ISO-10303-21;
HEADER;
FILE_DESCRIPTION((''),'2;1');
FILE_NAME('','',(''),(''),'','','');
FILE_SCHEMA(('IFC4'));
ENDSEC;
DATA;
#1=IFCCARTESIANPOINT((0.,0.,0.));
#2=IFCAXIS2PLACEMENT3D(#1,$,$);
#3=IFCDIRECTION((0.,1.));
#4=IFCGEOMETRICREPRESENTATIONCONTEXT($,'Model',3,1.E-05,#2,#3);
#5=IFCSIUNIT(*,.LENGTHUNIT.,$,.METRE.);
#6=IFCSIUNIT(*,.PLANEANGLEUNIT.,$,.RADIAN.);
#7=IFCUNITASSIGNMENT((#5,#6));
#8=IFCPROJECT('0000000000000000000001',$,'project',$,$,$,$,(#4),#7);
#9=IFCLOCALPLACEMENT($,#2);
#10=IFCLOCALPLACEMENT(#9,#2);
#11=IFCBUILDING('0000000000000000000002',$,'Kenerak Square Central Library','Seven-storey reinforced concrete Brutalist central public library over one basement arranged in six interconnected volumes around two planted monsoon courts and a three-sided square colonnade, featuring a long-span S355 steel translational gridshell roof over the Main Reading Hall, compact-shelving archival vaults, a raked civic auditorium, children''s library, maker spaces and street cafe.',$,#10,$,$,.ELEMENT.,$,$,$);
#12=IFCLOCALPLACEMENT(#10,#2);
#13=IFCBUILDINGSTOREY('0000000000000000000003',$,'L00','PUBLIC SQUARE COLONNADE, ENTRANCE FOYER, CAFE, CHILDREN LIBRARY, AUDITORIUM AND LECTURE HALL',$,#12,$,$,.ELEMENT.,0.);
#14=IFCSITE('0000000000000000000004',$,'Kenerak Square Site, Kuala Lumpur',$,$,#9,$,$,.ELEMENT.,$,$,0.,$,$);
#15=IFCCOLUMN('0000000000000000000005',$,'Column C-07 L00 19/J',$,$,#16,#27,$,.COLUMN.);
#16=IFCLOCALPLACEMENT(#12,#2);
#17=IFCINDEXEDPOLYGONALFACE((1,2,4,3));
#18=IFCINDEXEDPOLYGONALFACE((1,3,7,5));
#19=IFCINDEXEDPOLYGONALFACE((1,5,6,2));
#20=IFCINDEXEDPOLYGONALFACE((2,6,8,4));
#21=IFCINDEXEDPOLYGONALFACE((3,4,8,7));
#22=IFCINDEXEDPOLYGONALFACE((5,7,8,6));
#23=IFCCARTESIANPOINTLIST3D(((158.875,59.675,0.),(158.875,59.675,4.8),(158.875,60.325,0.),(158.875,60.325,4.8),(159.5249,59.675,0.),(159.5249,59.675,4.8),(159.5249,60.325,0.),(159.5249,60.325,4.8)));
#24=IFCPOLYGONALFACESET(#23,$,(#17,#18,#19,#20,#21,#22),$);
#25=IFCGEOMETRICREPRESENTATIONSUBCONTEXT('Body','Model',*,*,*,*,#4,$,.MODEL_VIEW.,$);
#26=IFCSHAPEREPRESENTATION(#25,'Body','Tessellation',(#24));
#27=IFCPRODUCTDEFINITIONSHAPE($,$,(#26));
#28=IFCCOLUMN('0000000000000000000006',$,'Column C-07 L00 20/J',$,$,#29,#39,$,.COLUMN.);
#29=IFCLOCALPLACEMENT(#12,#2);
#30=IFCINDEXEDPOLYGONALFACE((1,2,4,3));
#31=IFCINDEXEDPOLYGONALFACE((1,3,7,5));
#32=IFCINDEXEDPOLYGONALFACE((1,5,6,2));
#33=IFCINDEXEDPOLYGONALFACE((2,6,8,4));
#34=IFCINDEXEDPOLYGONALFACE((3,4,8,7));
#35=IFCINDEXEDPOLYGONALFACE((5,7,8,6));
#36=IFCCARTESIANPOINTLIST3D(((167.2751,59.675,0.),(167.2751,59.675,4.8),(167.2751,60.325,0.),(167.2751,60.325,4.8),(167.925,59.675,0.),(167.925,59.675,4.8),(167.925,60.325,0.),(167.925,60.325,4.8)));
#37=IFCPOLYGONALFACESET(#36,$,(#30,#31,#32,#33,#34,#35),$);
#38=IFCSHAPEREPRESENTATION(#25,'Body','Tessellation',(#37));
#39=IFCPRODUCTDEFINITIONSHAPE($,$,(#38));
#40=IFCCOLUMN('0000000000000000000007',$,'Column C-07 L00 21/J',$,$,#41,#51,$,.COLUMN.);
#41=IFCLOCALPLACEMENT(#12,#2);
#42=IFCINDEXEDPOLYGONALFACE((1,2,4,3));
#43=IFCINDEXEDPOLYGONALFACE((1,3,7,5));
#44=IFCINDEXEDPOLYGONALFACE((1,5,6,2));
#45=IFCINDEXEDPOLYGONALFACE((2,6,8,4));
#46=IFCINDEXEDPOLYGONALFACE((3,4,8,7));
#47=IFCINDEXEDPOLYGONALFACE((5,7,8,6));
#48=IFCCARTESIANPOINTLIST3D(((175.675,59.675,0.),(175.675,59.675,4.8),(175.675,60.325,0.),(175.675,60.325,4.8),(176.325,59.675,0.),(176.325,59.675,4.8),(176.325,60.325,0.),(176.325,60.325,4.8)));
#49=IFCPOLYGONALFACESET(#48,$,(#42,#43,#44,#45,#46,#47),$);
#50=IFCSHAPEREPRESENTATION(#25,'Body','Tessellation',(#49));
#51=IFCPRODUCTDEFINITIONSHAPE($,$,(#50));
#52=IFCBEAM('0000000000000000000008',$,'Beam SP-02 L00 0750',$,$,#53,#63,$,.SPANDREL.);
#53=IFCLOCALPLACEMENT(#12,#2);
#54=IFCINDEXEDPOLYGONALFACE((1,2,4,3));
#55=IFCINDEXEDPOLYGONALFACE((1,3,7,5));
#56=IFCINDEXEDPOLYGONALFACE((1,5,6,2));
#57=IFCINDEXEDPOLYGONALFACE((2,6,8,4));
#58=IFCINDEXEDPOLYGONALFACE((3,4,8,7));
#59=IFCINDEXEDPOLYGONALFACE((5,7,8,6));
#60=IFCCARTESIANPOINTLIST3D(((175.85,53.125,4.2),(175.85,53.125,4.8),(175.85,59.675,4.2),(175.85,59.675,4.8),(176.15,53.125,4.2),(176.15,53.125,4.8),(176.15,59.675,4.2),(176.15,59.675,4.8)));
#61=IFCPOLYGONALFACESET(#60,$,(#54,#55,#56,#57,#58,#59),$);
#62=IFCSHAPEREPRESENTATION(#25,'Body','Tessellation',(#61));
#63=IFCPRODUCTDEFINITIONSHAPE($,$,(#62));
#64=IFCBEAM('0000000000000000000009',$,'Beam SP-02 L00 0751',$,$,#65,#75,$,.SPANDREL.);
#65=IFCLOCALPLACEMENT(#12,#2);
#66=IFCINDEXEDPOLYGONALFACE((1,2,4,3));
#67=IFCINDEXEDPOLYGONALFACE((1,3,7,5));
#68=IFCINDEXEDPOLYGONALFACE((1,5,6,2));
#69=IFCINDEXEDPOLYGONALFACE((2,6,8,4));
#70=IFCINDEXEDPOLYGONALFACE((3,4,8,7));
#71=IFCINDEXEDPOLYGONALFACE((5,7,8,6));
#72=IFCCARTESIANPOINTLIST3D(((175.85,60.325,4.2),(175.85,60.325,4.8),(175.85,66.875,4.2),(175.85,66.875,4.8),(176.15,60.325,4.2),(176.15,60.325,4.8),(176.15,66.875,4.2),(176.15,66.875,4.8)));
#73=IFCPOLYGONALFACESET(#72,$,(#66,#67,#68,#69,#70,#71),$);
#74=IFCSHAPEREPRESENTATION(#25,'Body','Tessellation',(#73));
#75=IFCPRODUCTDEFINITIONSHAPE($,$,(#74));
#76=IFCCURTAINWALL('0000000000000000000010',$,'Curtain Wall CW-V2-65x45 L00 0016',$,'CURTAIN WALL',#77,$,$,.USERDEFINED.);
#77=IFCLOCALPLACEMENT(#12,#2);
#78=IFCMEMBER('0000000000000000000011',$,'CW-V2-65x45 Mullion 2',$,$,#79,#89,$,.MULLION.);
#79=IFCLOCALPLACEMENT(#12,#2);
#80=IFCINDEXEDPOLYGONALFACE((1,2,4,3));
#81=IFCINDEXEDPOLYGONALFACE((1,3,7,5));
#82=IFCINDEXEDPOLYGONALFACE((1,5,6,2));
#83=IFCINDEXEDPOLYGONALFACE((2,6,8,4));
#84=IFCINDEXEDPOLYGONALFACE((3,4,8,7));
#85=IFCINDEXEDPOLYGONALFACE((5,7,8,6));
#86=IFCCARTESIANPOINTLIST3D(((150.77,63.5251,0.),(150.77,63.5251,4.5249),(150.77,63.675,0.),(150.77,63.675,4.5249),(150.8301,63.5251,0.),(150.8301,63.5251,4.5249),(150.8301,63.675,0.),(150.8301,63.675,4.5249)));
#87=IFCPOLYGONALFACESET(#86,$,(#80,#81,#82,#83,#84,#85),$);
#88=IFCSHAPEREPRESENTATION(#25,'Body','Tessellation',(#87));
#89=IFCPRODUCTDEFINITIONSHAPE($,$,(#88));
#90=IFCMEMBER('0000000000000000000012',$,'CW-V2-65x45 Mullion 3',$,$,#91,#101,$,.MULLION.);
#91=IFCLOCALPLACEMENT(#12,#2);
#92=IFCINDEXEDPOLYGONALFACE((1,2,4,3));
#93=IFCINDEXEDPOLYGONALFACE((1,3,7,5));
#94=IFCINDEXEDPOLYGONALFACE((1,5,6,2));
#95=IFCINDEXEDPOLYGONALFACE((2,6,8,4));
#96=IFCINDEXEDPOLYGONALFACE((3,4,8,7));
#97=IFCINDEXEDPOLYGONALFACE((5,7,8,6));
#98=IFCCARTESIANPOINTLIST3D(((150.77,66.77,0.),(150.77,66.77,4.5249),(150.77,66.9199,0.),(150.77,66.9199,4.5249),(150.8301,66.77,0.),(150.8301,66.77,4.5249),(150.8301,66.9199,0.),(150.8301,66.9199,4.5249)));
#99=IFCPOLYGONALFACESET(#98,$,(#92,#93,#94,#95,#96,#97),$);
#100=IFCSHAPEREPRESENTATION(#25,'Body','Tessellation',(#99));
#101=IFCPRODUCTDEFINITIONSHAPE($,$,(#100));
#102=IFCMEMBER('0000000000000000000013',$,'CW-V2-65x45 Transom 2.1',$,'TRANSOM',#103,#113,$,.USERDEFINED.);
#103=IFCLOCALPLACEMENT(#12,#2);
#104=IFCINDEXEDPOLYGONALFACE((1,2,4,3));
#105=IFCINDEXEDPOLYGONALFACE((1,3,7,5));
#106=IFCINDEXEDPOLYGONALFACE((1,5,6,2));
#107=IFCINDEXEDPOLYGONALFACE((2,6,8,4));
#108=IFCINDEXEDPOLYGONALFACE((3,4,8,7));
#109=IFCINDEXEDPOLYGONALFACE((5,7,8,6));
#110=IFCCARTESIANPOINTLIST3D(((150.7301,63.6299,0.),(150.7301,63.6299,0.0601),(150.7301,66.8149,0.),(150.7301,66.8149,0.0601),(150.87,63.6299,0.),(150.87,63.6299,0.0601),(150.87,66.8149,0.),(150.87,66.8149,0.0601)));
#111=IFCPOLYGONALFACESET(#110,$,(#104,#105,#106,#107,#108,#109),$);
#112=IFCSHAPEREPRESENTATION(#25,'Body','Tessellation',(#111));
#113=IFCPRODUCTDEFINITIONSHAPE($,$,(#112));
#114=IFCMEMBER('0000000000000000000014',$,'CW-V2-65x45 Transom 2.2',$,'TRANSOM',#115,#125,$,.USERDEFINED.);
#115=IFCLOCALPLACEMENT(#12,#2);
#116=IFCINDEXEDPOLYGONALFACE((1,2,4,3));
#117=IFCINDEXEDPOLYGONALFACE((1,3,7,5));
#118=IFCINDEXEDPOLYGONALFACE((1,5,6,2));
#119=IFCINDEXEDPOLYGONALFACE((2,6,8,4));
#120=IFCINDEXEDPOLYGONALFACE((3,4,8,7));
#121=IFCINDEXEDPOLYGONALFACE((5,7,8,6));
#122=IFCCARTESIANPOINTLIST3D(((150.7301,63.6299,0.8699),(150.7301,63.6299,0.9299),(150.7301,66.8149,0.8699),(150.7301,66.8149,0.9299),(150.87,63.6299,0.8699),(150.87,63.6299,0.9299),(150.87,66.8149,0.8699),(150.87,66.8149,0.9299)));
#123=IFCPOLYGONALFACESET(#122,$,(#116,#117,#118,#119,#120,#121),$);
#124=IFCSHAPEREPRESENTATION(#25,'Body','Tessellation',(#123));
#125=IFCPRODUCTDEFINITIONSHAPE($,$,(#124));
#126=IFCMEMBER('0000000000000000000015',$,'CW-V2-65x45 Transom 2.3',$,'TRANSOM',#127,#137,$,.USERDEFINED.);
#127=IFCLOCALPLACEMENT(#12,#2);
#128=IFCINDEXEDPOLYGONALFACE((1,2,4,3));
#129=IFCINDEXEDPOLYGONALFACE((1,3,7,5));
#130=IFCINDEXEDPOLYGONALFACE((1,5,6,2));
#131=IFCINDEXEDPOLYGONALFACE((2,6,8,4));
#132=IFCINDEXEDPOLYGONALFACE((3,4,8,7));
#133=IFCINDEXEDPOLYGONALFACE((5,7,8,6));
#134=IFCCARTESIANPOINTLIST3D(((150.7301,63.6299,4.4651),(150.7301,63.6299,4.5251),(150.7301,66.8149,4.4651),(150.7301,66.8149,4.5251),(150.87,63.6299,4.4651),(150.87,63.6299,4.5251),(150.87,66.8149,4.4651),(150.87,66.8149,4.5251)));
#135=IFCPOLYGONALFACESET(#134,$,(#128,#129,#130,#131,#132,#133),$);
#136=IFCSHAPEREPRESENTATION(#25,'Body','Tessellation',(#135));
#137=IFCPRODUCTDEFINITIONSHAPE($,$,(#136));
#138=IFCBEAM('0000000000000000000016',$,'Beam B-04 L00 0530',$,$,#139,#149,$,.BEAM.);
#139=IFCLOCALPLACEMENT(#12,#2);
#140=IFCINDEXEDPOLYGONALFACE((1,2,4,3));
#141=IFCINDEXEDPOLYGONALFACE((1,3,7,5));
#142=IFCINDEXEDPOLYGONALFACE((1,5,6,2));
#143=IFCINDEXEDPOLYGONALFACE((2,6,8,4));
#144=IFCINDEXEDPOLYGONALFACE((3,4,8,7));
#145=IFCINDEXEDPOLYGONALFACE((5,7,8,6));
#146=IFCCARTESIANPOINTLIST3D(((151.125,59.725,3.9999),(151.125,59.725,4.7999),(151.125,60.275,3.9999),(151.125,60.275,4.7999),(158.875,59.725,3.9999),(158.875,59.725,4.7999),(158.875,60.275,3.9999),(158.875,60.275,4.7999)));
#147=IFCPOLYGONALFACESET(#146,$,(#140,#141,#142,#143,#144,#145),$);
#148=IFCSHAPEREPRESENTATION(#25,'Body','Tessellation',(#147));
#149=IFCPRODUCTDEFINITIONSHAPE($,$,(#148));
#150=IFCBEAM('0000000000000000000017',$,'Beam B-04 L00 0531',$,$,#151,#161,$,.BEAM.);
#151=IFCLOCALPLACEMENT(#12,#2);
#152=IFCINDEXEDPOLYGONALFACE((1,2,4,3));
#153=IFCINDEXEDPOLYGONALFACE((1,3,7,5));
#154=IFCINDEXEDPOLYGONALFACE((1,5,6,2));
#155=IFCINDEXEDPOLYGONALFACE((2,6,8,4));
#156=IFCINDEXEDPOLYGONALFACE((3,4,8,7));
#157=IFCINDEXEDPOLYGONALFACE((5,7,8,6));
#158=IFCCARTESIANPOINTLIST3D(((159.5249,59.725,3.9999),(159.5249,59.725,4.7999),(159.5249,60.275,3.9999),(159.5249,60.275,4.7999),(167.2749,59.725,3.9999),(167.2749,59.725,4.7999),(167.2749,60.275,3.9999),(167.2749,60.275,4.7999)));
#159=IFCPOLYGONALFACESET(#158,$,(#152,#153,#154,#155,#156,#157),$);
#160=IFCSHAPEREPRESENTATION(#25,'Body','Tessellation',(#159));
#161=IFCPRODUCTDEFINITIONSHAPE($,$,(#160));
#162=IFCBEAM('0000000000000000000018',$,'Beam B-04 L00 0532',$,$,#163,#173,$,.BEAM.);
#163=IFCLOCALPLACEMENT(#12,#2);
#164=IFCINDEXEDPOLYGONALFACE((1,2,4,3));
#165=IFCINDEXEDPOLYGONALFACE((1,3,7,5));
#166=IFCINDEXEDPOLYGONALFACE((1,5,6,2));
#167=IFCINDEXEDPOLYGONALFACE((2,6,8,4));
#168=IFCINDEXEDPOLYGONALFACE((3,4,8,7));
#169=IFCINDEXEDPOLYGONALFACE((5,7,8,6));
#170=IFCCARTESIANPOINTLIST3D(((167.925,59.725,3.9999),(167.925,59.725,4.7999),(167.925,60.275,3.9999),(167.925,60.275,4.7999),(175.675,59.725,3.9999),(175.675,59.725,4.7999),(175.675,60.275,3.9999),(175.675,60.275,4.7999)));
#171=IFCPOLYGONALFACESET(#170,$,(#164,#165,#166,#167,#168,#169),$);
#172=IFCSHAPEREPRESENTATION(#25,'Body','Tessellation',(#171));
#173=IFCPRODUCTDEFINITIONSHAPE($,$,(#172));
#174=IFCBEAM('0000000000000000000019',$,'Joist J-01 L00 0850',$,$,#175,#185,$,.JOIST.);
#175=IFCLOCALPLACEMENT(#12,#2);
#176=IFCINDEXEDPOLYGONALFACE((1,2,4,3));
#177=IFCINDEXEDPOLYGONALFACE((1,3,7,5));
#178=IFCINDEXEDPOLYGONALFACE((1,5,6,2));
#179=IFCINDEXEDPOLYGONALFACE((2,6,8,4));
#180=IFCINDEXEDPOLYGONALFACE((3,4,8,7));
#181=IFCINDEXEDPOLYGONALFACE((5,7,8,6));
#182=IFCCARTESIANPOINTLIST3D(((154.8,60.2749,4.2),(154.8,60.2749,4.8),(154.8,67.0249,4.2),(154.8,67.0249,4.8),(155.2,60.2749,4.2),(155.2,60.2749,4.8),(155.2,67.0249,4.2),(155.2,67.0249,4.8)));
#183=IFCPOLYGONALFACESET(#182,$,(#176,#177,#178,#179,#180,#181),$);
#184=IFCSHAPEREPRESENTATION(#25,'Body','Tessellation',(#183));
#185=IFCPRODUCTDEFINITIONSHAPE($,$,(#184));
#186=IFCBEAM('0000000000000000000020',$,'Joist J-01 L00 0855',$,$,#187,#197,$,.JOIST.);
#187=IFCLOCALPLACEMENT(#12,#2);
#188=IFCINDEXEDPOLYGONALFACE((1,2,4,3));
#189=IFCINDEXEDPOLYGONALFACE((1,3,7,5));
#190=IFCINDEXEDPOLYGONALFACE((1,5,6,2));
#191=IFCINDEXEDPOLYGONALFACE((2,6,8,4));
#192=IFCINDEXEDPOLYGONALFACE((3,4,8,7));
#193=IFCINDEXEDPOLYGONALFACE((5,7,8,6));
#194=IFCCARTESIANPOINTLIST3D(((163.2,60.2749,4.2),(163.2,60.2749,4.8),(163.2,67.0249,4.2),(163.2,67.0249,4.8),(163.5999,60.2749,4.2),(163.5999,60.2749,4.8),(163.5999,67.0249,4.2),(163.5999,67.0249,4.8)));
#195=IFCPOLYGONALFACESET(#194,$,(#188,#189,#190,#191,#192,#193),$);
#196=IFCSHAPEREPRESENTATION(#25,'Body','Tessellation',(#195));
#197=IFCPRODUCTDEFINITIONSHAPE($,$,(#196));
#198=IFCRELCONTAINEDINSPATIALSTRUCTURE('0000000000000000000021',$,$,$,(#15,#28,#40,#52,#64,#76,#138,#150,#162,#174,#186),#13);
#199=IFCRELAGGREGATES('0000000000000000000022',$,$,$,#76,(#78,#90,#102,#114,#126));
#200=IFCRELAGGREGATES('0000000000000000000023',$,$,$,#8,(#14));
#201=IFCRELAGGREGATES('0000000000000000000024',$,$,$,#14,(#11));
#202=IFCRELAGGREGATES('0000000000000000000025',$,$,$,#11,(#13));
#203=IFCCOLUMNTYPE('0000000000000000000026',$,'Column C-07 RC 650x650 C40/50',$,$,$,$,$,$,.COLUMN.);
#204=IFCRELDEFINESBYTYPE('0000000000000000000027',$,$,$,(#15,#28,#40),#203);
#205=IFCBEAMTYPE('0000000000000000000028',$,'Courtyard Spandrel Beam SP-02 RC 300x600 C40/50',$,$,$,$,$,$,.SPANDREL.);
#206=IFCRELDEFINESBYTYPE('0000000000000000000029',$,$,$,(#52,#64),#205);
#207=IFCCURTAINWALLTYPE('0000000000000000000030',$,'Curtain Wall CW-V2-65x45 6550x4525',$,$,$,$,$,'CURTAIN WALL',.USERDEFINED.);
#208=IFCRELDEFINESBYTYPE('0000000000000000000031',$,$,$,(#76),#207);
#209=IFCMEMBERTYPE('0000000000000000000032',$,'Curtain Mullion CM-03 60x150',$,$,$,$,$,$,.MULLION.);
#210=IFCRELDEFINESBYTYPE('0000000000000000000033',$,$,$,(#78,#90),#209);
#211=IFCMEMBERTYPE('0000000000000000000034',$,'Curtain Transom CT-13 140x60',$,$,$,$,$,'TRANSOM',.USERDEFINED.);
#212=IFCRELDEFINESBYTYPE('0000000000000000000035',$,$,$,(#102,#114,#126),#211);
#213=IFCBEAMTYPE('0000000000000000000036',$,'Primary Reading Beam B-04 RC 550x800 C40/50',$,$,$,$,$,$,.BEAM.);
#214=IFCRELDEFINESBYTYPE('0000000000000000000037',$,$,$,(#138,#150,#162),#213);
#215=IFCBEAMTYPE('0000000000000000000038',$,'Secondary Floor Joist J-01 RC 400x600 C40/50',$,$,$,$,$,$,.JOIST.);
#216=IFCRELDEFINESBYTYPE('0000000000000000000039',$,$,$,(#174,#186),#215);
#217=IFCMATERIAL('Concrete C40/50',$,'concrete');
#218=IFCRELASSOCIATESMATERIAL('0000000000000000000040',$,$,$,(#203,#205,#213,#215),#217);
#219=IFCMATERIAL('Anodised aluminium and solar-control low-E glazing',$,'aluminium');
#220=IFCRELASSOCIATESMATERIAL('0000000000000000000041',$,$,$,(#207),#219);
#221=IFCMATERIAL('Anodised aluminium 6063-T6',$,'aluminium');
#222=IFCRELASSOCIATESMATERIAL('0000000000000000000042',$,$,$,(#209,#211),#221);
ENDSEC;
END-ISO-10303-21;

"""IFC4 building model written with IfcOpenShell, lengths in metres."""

from ifc_helpers import new_model, si_unit, direction, frame, origin, origin_2d, place, context, subcontext, project, spatial, rectangle, extrude, material, material_profile, profile_set, type_object, element, aggregate, save


model = new_model("IFC4")

# Units and contexts
model_context = context("Model", 3, precision=1e-05, world=origin(), true_north=direction((0.0, 1.0)))
body_context = subcontext(model_context, "Body", "Model", "MODEL_VIEW")
ifc_project = project(units=[si_unit("LENGTHUNIT", "METRE"), si_unit("PLANEANGLEUNIT", "RADIAN")], contexts=[model_context])

# Site, building, storey
site_placement = place(None, origin())
site = spatial("IfcSite", under=ifc_project, at=site_placement, Name="Kenerak Square Site, Kuala Lumpur", CompositionType="ELEMENT", RefElevation=0.0)
building_placement = place(site_placement, origin())
building = spatial("IfcBuilding", under=site, at=building_placement, Name="Kenerak Square Central Library", Description="Seven-storey reinforced concrete Brutalist central public library over one basement arranged in six interconnected volumes around two planted monsoon courts and a three-sided square colonnade, featuring a long-span S355 steel translational gridshell roof over the Main Reading Hall, compact-shelving archival vaults, a raked civic auditorium, children's library, maker spaces and street cafe.", CompositionType="ELEMENT")
storey_placement = place(building_placement, origin())
storey = spatial("IfcBuildingStorey", under=building, at=storey_placement, Name="L00", Description="PUBLIC SQUARE COLONNADE, ENTRANCE FOYER, CAFE, CHILDREN LIBRARY, AUDITORIUM AND LECTURE HALL", CompositionType="ELEMENT", Elevation=0.0)

# Columns
ifc_material_1 = material(Name="Concrete C40/50", Category="concrete")
ifc_material_profile_1 = material_profile(ifc_material_1, rectangle(XDim=0.6499, YDim=0.6499, at=origin_2d()), Name="RC 650x650")
ifc_profile_set_1 = profile_set([ifc_material_profile_1], Name="Concrete C40/50")
column_type = type_object("IfcColumnType", Name="Column C-07 RC 650x650 C40/50", PredefinedType="COLUMN", material=ifc_profile_set_1)
for number, where, z_axis, x_axis, name in (
    (1, (159.2, 60.0, 0.0), (0.0, 0.0, 1.0), (1.0, 0.0, 0.0), "Column C-07 L00 19/J"),
    (2, (167.6001, 60.0, 0.0), (0.0, 0.0, 1.0), (1.0, 0.0, 0.0), "Column C-07 L00 20/J"),
    (3, (176.0, 60.0, 0.0), (0.0, 0.0, 1.0), (1.0, 0.0, 0.0), "Column C-07 L00 21/J"),
):
    element("IfcColumn", number, at=place(storey_placement, frame(where, z_axis=z_axis, x_axis=x_axis)), inside=storey, type_object=column_type, Name=name, PredefinedType="COLUMN", context=body_context, shape_type="SweptSolid", body=[
        extrude(rectangle(XDim=0.6499, YDim=0.6499, at=origin_2d()), origin(), (0.0, 0.0, 1.0), 4.8),
    ])

# Beams
ifc_material_profile_2 = material_profile(ifc_material_1, rectangle(XDim=0.3, YDim=0.6001, at=origin_2d()), Name="RC 300x600")
ifc_profile_set_2 = profile_set([ifc_material_profile_2], Name="Concrete C40/50")
beam_type_1 = type_object("IfcBeamType", Name="Courtyard Spandrel Beam SP-02 RC 300x600 C40/50", PredefinedType="SPANDREL", material=ifc_profile_set_2)
for number, where, z_axis, x_axis, name in (
    (4, (176.0, 53.125, 4.5), (0.0, 1.0, 0.0), (-1.0, 0.0, 0.0), "Beam SP-02 L00 0750"),
    (5, (176.0, 60.325, 4.5), (0.0, 1.0, 0.0), (-1.0, 0.0, 0.0), "Beam SP-02 L00 0751"),
):
    element("IfcBeam", number, at=place(storey_placement, frame(where, z_axis=z_axis, x_axis=x_axis)), inside=storey, type_object=beam_type_1, Name=name, PredefinedType="SPANDREL", context=body_context, shape_type="SweptSolid", body=[
        extrude(rectangle(XDim=0.3, YDim=0.6001, at=origin_2d()), origin(), (0.0, 0.0, 1.0), 6.55),
    ])

# Curtain wall, members
ifc_material_2 = material(Name="Anodised aluminium and solar-control low-E glazing", Category="aluminium")
curtain_wall_type = type_object("IfcCurtainWallType", Name="Curtain Wall CW-V2-65x45 6550x4525", ElementType="CURTAIN WALL", PredefinedType="USERDEFINED", material=ifc_material_2)
curtain_wall_placement = place(storey_placement, origin())
curtain_wall = element("IfcCurtainWall", 6, at=curtain_wall_placement, inside=storey, type_object=curtain_wall_type, Name="Curtain Wall CW-V2-65x45 L00 0016", ObjectType="CURTAIN WALL", PredefinedType="USERDEFINED")
ifc_material_3 = material(Name="Anodised aluminium 6063-T6", Category="aluminium")
ifc_material_profile_3 = material_profile(ifc_material_3, rectangle(XDim=0.0601, YDim=0.1499, at=origin_2d()), Name="AL MULLION 60x150")
ifc_profile_set_3 = profile_set([ifc_material_profile_3], Name="Anodised aluminium 6063-T6")
member_type_1 = type_object("IfcMemberType", Name="Curtain Mullion CM-03 60x150", PredefinedType="MULLION", material=ifc_profile_set_3)
member_1_placement = place(storey_placement, frame((150.8, 63.6001, 0.0), z_axis=(0.0, 0.0, 1.0), x_axis=(-1.0, 0.0, 0.0)))
member_1 = element("IfcMember", 7, at=member_1_placement, type_object=member_type_1, Name="CW-V2-65x45 Mullion 2", PredefinedType="MULLION", context=body_context, shape_type="SweptSolid", body=[
    extrude(rectangle(XDim=0.0601, YDim=0.1499, at=origin_2d()), origin(), (0.0, 0.0, 1.0), 4.5249),
])
member_2_placement = place(storey_placement, frame((150.8, 66.845, 0.0), z_axis=(0.0, 0.0, 1.0), x_axis=(-1.0, 0.0, 0.0)))
member_2 = element("IfcMember", 8, at=member_2_placement, type_object=member_type_1, Name="CW-V2-65x45 Mullion 3", PredefinedType="MULLION", context=body_context, shape_type="SweptSolid", body=[
    extrude(rectangle(XDim=0.0601, YDim=0.1499, at=origin_2d()), origin(), (0.0, 0.0, 1.0), 4.5249),
])
ifc_material_profile_4 = material_profile(ifc_material_3, rectangle(XDim=0.1399, YDim=0.0601, at=origin_2d()), Name="AL TRANSOM 140x60")
ifc_profile_set_4 = profile_set([ifc_material_profile_4], Name="Anodised aluminium 6063-T6")
member_type_2 = type_object("IfcMemberType", Name="Curtain Transom CT-13 140x60", ElementType="TRANSOM", PredefinedType="USERDEFINED", material=ifc_profile_set_4)
member_3_placement = place(storey_placement, frame((150.8, 63.6299, 0.03), z_axis=(0.0, 1.0, 0.0), x_axis=(-1.0, 0.0, 0.0)))
member_3 = element("IfcMember", 9, at=member_3_placement, type_object=member_type_2, Name="CW-V2-65x45 Transom 2.1", ObjectType="TRANSOM", PredefinedType="USERDEFINED", context=body_context, shape_type="SweptSolid", body=[
    extrude(rectangle(XDim=0.1399, YDim=0.0601, at=origin_2d()), origin(), (0.0, 0.0, 1.0), 3.1851),
])
member_4_placement = place(storey_placement, frame((150.8, 63.6299, 0.8999), z_axis=(0.0, 1.0, 0.0), x_axis=(-1.0, 0.0, 0.0)))
member_4 = element("IfcMember", 10, at=member_4_placement, type_object=member_type_2, Name="CW-V2-65x45 Transom 2.2", ObjectType="TRANSOM", PredefinedType="USERDEFINED", context=body_context, shape_type="SweptSolid", body=[
    extrude(rectangle(XDim=0.1399, YDim=0.0601, at=origin_2d()), origin(), (0.0, 0.0, 1.0), 3.1851),
])
member_5_placement = place(storey_placement, frame((150.8, 63.6299, 4.4951), z_axis=(0.0, 1.0, 0.0), x_axis=(-1.0, 0.0, 0.0)))
member_5 = element("IfcMember", 11, at=member_5_placement, type_object=member_type_2, Name="CW-V2-65x45 Transom 2.3", ObjectType="TRANSOM", PredefinedType="USERDEFINED", context=body_context, shape_type="SweptSolid", body=[
    extrude(rectangle(XDim=0.1399, YDim=0.0601, at=origin_2d()), origin(), (0.0, 0.0, 1.0), 3.1851),
])

# Beams
ifc_material_profile_5 = material_profile(ifc_material_1, rectangle(XDim=0.55, YDim=0.8, at=origin_2d()), Name="RC 550x800")
ifc_profile_set_5 = profile_set([ifc_material_profile_5], Name="Concrete C40/50")
beam_type_2 = type_object("IfcBeamType", Name="Primary Reading Beam B-04 RC 550x800 C40/50", PredefinedType="BEAM", material=ifc_profile_set_5)
for number, where, z_axis, x_axis, name in (
    (12, (151.125, 60.0, 4.3999), (1.0, 0.0, 0.0), (0.0, 1.0, 0.0), "Beam B-04 L00 0530"),
    (13, (159.5249, 60.0, 4.3999), (1.0, 0.0, 0.0), (0.0, 1.0, 0.0), "Beam B-04 L00 0531"),
    (14, (167.925, 60.0, 4.3999), (1.0, 0.0, 0.0), (0.0, 1.0, 0.0), "Beam B-04 L00 0532"),
):
    element("IfcBeam", number, at=place(storey_placement, frame(where, z_axis=z_axis, x_axis=x_axis)), inside=storey, type_object=beam_type_2, Name=name, PredefinedType="BEAM", context=body_context, shape_type="SweptSolid", body=[
        extrude(rectangle(XDim=0.55, YDim=0.8, at=origin_2d()), origin(), (0.0, 0.0, 1.0), 7.75),
    ])
ifc_material_profile_6 = material_profile(ifc_material_1, rectangle(XDim=0.3999, YDim=0.6001, at=origin_2d()), Name="RC 400x600")
ifc_profile_set_6 = profile_set([ifc_material_profile_6], Name="Concrete C40/50")
beam_type_3 = type_object("IfcBeamType", Name="Secondary Floor Joist J-01 RC 400x600 C40/50", PredefinedType="JOIST", material=ifc_profile_set_6)
for number, where, z_axis, x_axis, name in (
    (15, (155.0, 60.2749, 4.5), (0.0, 1.0, 0.0), (-1.0, 0.0, 0.0), "Joist J-01 L00 0850"),
    (16, (163.3999, 60.2749, 4.5), (0.0, 1.0, 0.0), (-1.0, 0.0, 0.0), "Joist J-01 L00 0855"),
):
    element("IfcBeam", number, at=place(storey_placement, frame(where, z_axis=z_axis, x_axis=x_axis)), inside=storey, type_object=beam_type_3, Name=name, PredefinedType="JOIST", context=body_context, shape_type="SweptSolid", body=[
        extrude(rectangle(XDim=0.3999, YDim=0.6001, at=origin_2d()), origin(), (0.0, 0.0, 1.0), 6.75),
    ])

aggregate(curtain_wall, [member_1, member_2, member_3, member_4, member_5])

save(model, "model.ifc")
